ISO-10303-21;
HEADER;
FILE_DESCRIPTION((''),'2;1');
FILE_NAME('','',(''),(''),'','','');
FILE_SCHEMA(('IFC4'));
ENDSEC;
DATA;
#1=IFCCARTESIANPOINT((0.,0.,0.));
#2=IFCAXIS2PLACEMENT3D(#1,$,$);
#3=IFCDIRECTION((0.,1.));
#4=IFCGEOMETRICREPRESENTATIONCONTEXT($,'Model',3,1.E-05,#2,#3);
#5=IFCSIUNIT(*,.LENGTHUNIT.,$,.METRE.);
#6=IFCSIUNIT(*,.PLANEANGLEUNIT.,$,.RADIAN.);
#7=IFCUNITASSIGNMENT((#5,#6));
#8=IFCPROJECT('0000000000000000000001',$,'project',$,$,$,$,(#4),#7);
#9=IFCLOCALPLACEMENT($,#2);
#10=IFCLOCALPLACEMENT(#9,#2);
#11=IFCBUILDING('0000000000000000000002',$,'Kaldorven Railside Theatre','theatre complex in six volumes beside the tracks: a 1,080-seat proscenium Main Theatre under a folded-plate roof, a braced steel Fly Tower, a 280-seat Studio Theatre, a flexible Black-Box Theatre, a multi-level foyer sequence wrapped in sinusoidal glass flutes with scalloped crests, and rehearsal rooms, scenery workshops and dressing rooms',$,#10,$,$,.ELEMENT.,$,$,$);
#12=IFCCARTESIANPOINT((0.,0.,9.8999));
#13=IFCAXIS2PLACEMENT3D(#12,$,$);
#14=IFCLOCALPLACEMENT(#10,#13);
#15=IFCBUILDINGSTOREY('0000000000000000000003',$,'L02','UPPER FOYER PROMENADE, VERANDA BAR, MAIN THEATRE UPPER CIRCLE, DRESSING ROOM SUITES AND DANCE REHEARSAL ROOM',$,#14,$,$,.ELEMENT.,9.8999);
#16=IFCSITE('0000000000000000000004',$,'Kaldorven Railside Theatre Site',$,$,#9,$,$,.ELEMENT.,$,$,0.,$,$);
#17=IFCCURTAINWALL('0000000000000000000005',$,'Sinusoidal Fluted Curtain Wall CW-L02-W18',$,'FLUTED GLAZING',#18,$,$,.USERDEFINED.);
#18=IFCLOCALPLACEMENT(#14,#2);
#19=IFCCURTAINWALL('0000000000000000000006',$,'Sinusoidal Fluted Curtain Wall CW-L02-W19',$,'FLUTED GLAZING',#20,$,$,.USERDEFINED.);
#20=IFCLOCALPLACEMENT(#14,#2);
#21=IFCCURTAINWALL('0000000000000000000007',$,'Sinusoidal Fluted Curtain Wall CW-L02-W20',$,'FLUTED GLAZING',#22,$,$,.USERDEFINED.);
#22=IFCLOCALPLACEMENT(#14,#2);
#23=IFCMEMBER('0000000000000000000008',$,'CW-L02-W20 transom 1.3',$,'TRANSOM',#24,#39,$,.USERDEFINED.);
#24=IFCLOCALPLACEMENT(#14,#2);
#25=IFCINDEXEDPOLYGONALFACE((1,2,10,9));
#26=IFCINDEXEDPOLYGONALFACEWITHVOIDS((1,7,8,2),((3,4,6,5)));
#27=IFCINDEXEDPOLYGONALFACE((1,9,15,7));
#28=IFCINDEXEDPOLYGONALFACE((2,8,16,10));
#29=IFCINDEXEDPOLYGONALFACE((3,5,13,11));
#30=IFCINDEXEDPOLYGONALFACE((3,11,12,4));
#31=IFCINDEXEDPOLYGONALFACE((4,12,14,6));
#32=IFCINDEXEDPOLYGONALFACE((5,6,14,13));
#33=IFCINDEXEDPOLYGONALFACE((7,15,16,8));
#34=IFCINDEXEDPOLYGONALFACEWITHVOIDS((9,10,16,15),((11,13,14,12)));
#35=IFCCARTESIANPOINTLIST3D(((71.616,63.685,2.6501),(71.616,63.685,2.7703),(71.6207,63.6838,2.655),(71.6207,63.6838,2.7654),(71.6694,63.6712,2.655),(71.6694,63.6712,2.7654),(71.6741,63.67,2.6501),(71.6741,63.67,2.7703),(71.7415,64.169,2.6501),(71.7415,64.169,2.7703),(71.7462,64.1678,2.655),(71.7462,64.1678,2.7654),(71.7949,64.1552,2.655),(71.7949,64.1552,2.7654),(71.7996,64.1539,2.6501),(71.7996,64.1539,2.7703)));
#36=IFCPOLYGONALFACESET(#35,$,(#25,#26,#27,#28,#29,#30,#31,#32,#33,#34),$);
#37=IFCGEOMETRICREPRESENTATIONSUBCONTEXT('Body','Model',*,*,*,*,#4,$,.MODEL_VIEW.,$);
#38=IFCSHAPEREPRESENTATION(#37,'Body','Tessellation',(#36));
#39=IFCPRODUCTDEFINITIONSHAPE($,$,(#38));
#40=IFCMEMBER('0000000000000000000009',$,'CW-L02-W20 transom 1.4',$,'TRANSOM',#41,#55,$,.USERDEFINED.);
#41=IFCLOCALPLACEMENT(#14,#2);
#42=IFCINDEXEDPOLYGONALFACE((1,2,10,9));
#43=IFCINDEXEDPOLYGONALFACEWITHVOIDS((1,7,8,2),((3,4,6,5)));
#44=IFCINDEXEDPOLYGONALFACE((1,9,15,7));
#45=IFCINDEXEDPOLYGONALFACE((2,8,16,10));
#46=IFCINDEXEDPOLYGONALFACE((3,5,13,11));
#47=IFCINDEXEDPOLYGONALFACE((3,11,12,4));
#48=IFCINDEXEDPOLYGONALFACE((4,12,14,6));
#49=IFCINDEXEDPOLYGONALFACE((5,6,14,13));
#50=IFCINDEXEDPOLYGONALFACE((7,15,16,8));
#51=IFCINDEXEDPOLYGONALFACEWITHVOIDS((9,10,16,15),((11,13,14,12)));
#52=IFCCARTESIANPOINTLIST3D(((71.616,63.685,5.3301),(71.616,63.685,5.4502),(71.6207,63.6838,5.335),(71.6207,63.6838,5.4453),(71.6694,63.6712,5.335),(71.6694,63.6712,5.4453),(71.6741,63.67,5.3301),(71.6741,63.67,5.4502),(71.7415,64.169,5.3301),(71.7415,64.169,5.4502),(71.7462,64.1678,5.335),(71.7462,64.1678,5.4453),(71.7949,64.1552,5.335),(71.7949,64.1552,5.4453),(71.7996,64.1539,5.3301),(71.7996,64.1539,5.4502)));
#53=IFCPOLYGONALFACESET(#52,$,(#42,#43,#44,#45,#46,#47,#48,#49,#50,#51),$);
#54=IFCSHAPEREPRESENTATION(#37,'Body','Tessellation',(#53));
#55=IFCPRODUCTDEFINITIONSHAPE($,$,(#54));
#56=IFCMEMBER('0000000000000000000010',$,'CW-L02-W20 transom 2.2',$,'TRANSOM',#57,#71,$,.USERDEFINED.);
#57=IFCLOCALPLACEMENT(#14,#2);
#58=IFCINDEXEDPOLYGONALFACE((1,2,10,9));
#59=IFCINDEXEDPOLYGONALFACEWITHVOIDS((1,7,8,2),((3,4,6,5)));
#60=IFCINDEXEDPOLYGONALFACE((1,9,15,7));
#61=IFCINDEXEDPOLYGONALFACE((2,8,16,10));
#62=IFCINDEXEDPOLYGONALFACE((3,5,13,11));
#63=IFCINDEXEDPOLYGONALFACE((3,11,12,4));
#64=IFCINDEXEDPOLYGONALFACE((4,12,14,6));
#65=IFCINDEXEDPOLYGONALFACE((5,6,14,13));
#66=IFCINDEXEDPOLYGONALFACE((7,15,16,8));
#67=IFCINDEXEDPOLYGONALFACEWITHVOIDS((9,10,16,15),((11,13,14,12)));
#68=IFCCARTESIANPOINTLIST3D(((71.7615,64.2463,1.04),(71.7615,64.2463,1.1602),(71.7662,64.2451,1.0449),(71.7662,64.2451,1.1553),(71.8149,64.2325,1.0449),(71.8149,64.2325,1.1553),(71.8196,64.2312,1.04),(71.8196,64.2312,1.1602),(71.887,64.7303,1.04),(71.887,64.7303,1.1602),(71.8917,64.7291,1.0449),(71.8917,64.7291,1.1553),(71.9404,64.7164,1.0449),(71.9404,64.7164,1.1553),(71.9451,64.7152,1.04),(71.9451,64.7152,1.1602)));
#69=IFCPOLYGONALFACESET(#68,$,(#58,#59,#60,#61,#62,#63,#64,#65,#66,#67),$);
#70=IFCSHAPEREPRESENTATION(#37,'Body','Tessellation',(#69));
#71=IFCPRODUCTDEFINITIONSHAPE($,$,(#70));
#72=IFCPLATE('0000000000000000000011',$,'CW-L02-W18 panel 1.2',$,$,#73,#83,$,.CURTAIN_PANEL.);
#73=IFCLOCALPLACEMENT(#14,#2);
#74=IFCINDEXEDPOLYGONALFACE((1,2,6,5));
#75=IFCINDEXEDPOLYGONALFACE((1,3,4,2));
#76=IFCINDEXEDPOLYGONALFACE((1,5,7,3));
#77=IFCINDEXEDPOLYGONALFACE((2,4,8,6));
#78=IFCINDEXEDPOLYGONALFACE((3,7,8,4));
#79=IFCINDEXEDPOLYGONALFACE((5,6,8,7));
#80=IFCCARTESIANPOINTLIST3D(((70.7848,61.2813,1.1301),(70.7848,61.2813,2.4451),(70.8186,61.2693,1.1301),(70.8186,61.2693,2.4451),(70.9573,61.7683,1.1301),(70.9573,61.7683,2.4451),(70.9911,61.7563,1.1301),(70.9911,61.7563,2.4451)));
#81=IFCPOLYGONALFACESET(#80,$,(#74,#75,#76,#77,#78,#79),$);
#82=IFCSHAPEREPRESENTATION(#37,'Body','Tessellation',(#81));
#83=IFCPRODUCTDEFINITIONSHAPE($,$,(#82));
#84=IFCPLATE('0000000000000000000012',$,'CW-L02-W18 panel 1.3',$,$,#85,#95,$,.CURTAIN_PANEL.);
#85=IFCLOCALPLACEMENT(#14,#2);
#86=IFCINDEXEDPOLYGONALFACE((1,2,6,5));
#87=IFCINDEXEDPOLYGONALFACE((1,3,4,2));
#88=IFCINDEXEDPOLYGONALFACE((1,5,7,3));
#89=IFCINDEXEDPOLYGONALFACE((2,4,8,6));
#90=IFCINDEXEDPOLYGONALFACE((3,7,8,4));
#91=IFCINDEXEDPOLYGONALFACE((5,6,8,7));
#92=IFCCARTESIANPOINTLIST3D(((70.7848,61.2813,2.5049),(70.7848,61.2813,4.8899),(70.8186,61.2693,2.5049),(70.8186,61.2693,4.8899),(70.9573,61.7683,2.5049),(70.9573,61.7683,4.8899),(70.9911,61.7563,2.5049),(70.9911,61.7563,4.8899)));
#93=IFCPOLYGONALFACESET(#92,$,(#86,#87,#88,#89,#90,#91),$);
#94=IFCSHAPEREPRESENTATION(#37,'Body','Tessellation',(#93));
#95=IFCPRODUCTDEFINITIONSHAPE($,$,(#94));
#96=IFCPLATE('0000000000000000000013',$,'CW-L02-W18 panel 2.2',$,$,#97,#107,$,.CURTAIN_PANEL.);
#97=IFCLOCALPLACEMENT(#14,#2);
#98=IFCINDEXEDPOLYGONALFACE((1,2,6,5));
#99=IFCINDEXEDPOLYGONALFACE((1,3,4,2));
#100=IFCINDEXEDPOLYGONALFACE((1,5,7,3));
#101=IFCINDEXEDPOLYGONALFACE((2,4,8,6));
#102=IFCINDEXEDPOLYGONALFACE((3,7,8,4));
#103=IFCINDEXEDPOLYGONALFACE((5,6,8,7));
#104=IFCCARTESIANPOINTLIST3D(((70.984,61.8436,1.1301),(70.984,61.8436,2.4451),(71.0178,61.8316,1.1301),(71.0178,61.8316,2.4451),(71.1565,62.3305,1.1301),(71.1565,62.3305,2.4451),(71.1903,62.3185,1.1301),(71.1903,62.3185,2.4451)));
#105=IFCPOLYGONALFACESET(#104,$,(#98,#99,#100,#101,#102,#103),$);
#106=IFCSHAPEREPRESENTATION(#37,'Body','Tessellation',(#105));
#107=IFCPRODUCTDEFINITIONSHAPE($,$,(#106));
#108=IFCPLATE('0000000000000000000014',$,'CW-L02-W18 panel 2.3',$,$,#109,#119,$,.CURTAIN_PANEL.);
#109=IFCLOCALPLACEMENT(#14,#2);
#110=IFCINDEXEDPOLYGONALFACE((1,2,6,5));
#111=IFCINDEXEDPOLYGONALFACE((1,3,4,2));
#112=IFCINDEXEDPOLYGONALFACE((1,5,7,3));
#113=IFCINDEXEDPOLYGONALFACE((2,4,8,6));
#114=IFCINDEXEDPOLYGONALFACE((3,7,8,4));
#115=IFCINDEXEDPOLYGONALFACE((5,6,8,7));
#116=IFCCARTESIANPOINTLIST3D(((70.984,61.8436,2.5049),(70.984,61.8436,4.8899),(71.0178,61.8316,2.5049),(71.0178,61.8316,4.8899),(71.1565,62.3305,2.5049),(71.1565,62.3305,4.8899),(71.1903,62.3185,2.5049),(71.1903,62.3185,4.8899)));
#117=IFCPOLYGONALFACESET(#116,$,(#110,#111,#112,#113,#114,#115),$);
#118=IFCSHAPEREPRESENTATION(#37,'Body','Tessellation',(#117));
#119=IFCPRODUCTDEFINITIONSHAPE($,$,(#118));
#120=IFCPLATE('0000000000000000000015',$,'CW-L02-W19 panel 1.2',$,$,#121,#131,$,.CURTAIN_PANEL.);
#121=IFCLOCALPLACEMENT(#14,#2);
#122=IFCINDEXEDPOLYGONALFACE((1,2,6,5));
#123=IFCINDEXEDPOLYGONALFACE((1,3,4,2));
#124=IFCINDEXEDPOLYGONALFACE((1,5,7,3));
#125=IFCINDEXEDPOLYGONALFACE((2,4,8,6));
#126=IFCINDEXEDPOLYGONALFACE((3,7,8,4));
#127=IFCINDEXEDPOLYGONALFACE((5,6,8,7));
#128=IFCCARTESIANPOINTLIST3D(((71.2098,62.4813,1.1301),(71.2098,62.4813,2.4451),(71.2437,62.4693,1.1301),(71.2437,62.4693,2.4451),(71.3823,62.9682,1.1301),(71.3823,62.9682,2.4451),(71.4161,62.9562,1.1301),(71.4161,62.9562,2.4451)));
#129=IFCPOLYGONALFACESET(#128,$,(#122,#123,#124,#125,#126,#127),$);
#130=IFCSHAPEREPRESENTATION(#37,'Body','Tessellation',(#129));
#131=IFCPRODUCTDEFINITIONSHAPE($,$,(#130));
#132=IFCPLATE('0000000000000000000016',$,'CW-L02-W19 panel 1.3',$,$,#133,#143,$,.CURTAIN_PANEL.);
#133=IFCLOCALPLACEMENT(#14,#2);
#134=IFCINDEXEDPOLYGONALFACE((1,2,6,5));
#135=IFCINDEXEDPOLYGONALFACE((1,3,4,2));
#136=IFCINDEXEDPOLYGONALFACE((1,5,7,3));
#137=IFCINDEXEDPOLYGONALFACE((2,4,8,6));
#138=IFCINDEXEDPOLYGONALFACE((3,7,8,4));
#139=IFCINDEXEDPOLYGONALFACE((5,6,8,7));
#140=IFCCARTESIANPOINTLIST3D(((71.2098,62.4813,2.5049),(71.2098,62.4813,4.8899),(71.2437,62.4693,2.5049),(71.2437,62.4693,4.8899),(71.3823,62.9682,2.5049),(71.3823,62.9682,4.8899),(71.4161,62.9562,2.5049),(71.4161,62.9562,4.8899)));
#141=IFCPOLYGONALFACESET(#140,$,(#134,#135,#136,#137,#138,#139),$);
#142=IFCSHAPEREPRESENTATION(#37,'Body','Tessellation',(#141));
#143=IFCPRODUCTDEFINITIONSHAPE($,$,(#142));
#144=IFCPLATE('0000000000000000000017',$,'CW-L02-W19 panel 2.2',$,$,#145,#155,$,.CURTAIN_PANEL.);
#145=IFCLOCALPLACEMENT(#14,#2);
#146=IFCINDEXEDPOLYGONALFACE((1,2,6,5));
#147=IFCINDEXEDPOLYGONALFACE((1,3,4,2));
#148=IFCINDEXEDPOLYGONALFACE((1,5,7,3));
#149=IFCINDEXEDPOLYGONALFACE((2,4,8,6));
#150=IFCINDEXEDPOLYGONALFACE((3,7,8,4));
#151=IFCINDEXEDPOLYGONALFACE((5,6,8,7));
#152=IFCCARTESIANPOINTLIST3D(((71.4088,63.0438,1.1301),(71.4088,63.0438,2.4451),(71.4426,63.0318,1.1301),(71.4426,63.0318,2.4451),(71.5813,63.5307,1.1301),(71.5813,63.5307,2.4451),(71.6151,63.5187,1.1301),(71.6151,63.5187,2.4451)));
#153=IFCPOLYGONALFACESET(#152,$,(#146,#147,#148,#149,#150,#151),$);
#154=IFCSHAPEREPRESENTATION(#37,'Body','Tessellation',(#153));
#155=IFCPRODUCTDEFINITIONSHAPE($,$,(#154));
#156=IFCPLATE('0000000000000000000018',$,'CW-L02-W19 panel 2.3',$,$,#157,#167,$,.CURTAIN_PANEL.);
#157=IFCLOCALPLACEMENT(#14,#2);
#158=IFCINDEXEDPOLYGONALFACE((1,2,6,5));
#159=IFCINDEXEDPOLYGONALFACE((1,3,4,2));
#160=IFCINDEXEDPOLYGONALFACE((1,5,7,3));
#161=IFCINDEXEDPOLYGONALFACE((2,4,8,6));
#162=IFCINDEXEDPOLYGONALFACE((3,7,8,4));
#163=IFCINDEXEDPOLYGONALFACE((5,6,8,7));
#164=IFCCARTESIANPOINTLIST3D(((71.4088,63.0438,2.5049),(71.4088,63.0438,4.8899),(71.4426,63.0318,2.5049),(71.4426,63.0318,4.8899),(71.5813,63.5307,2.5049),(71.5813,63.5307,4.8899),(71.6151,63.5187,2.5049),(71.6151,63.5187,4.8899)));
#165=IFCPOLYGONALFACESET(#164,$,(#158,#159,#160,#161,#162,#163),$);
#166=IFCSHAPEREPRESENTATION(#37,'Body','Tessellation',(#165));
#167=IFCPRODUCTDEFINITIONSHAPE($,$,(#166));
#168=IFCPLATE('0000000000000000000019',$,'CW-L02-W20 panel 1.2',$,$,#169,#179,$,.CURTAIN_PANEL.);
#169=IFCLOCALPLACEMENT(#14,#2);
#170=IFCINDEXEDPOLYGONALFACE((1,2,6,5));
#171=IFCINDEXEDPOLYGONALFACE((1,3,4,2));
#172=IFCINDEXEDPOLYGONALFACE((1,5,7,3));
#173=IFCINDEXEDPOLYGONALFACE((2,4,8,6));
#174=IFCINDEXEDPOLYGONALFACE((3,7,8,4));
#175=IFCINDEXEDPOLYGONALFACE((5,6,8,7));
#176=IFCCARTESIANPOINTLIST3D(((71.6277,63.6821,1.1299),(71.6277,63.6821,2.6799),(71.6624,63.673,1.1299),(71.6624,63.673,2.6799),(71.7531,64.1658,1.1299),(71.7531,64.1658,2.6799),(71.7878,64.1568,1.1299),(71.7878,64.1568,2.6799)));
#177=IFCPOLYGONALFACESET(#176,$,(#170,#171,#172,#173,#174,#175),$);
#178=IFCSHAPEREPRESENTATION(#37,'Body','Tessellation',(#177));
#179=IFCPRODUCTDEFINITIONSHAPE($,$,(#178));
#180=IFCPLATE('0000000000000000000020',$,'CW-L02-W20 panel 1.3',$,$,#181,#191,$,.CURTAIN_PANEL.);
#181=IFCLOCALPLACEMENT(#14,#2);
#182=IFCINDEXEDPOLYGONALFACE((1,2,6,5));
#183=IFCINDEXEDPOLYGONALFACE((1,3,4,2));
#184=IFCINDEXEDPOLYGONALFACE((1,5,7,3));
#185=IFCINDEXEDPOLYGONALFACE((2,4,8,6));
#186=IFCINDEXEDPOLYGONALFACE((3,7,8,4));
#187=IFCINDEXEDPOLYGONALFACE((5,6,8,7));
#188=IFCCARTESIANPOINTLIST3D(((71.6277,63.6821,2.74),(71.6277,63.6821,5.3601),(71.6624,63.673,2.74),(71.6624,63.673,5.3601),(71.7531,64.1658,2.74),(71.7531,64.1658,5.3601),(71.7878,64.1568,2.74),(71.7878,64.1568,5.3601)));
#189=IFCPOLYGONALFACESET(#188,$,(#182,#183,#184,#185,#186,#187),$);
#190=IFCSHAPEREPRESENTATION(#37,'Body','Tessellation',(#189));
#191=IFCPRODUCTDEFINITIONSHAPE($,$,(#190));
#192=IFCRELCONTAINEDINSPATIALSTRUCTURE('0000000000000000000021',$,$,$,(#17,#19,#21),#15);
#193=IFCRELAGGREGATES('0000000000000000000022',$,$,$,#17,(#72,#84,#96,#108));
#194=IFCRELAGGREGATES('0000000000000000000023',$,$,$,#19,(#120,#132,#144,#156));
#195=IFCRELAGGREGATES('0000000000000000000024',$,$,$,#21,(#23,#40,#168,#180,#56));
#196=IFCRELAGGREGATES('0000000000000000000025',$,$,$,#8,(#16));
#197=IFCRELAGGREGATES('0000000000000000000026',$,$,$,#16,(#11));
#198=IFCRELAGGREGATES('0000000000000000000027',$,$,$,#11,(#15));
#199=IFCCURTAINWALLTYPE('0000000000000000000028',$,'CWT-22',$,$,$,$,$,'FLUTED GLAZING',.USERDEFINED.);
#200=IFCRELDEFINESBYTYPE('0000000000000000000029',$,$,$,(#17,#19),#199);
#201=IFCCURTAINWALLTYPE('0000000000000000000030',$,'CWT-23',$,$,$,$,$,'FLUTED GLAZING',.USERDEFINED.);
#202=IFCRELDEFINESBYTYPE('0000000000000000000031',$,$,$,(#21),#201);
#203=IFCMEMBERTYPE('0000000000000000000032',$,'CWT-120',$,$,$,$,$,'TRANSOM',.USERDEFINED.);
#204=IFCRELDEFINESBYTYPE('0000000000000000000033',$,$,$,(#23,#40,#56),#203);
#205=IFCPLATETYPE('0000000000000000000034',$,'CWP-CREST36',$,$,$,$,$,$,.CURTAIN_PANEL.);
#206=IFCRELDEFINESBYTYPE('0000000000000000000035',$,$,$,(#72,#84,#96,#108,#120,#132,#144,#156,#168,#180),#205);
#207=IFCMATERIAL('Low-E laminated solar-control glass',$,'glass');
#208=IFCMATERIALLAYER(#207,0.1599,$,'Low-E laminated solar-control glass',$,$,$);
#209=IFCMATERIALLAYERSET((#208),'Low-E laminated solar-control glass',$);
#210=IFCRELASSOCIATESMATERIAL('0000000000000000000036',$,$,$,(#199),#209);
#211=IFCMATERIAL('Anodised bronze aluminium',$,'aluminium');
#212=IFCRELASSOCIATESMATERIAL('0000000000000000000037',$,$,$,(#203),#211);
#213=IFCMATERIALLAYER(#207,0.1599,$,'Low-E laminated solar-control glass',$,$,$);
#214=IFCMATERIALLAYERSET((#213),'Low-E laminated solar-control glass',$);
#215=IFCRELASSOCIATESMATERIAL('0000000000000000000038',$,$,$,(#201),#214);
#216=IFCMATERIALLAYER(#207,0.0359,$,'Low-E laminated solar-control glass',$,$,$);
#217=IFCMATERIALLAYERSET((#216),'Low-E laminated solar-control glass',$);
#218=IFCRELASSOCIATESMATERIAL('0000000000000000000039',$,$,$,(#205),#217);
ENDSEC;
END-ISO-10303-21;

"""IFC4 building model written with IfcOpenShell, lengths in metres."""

from ifc_helpers import new_model, si_unit, direction, frame, origin, origin_2d, place, context, subcontext, project, spatial, rectangle, hollow_rectangle, extrude, material, layer, layer_set, material_profile, profile_set, type_object, element, aggregate, save


model = new_model("IFC4")

# Units and contexts
model_context = context("Model", 3, precision=1e-05, world=origin(), true_north=direction((0.0, 1.0)))
body_context = subcontext(model_context, "Body", "Model", "MODEL_VIEW")
ifc_project = project(units=[si_unit("LENGTHUNIT", "METRE"), si_unit("PLANEANGLEUNIT", "RADIAN")], contexts=[model_context])

# Site, building, storey
site_placement = place(None, origin())
site = spatial("IfcSite", under=ifc_project, at=site_placement, Name="Kaldorven Railside Theatre Site", CompositionType="ELEMENT", RefElevation=0.0)
building_placement = place(site_placement, origin())
building = spatial("IfcBuilding", under=site, at=building_placement, Name="Kaldorven Railside Theatre", Description="theatre complex in six volumes beside the tracks: a 1,080-seat proscenium Main Theatre under a folded-plate roof, a braced steel Fly Tower, a 280-seat Studio Theatre, a flexible Black-Box Theatre, a multi-level foyer sequence wrapped in sinusoidal glass flutes with scalloped crests, and rehearsal rooms, scenery workshops and dressing rooms", CompositionType="ELEMENT")
storey_placement = place(building_placement, frame((0.0, 0.0, 9.8999)))
storey = spatial("IfcBuildingStorey", under=building, at=storey_placement, Name="L02", Description="UPPER FOYER PROMENADE, VERANDA BAR, MAIN THEATRE UPPER CIRCLE, DRESSING ROOM SUITES AND DANCE REHEARSAL ROOM", CompositionType="ELEMENT", Elevation=9.8999)

# Curtain walls, members
ifc_material_1 = material(Name="Low-E laminated solar-control glass", Category="glass")
ifc_layer_1 = layer(ifc_material_1, 0.1599, Name="Low-E laminated solar-control glass")
ifc_layer_set_1 = layer_set([ifc_layer_1], Name="Low-E laminated solar-control glass")
curtain_wall_type_1 = type_object("IfcCurtainWallType", Name="CWT-22", ElementType="FLUTED GLAZING", PredefinedType="USERDEFINED", material=ifc_layer_set_1)
curtain_wall_1_placement = place(storey_placement, origin())
curtain_wall_1 = element("IfcCurtainWall", 1, at=curtain_wall_1_placement, inside=storey, type_object=curtain_wall_type_1, Name="Sinusoidal Fluted Curtain Wall CW-L02-W18", ObjectType="FLUTED GLAZING", PredefinedType="USERDEFINED")
ifc_material_2 = material(Name="Anodised bronze aluminium", Category="aluminium")
ifc_material_profile = material_profile(ifc_material_2, hollow_rectangle(XDim=0.0601, YDim=0.1201, WallThickness=0.0049, at=origin_2d()), Name="RHS 120x60x5")
ifc_profile_set = profile_set([ifc_material_profile], Name="Anodised bronze aluminium")
member_type = type_object("IfcMemberType", Name="CWT-120", ElementType="TRANSOM", PredefinedType="USERDEFINED", material=ifc_profile_set)
curtain_wall_2_placement = place(storey_placement, origin())
curtain_wall_2 = element("IfcCurtainWall", 2, at=curtain_wall_2_placement, inside=storey, type_object=curtain_wall_type_1, Name="Sinusoidal Fluted Curtain Wall CW-L02-W19", ObjectType="FLUTED GLAZING", PredefinedType="USERDEFINED")
ifc_layer_2 = layer(ifc_material_1, 0.1599, Name="Low-E laminated solar-control glass")
ifc_layer_set_2 = layer_set([ifc_layer_2], Name="Low-E laminated solar-control glass")
curtain_wall_type_2 = type_object("IfcCurtainWallType", Name="CWT-23", ElementType="FLUTED GLAZING", PredefinedType="USERDEFINED", material=ifc_layer_set_2)
curtain_wall_3_placement = place(storey_placement, origin())
curtain_wall_3 = element("IfcCurtainWall", 3, at=curtain_wall_3_placement, inside=storey, type_object=curtain_wall_type_2, Name="Sinusoidal Fluted Curtain Wall CW-L02-W20", ObjectType="FLUTED GLAZING", PredefinedType="USERDEFINED")
member_1_placement = place(storey_placement, frame((71.645, 63.6775, 2.7102), z_axis=(0.25103, 0.967979, 0.0), x_axis=(-0.967979, 0.25103, 0.0)))
member_1 = element("IfcMember", 4, at=member_1_placement, type_object=member_type, Name="CW-L02-W20 transom 1.3", ObjectType="TRANSOM", PredefinedType="USERDEFINED", context=body_context, shape_type="SweptSolid", body=[
    extrude(hollow_rectangle(XDim=0.0601, YDim=0.1201, WallThickness=0.0049, at=origin_2d()), origin(), (0.0, 0.0, 1.0), 0.5),
])
member_2_placement = place(storey_placement, frame((71.645, 63.6775, 5.3901), z_axis=(0.25103, 0.967979, 0.0), x_axis=(-0.967979, 0.25103, 0.0)))
member_2 = element("IfcMember", 5, at=member_2_placement, type_object=member_type, Name="CW-L02-W20 transom 1.4", ObjectType="TRANSOM", PredefinedType="USERDEFINED", context=body_context, shape_type="SweptSolid", body=[
    extrude(hollow_rectangle(XDim=0.0601, YDim=0.1201, WallThickness=0.0049, at=origin_2d()), origin(), (0.0, 0.0, 1.0), 0.5),
])
member_3_placement = place(storey_placement, frame((71.7905, 64.2388, 1.1001), z_axis=(0.25103, 0.967979, 0.0), x_axis=(-0.967979, 0.25103, 0.0)))
member_3 = element("IfcMember", 6, at=member_3_placement, type_object=member_type, Name="CW-L02-W20 transom 2.2", ObjectType="TRANSOM", PredefinedType="USERDEFINED", context=body_context, shape_type="SweptSolid", body=[
    extrude(hollow_rectangle(XDim=0.0601, YDim=0.1201, WallThickness=0.0049, at=origin_2d()), origin(), (0.0, 0.0, 1.0), 0.5),
])

# Plates
ifc_layer_3 = layer(ifc_material_1, 0.0359, Name="Low-E laminated solar-control glass")
ifc_layer_set_3 = layer_set([ifc_layer_3], Name="Low-E laminated solar-control glass")
plate_type = type_object("IfcPlateType", Name="CWP-CREST36", PredefinedType="CURTAIN_PANEL", material=ifc_layer_set_3)
plate_1_placement = place(storey_placement, frame((70.8879, 61.5188, 1.1301), z_axis=(0.0, 0.0, 1.0), x_axis=(0.333847, 0.942627, 0.0)))
plate_1 = element("IfcPlate", 7, at=plate_1_placement, type_object=plate_type, Name="CW-L02-W18 panel 1.2", PredefinedType="CURTAIN_PANEL", context=body_context, shape_type="SweptSolid", body=[
    extrude(rectangle(XDim=0.5166, YDim=0.0359, at=origin_2d()), origin(), (0.0, 0.0, 1.0), 1.3149),
])
plate_2_placement = place(storey_placement, frame((70.8879, 61.5188, 2.5049), z_axis=(0.0, 0.0, 1.0), x_axis=(0.333847, 0.942627, 0.0)))
plate_2 = element("IfcPlate", 8, at=plate_2_placement, type_object=plate_type, Name="CW-L02-W18 panel 1.3", PredefinedType="CURTAIN_PANEL", context=body_context, shape_type="SweptSolid", body=[
    extrude(rectangle(XDim=0.5166, YDim=0.0359, at=origin_2d()), origin(), (0.0, 0.0, 1.0), 2.385),
])
plate_3_placement = place(storey_placement, frame((71.0872, 62.0811, 1.1301), z_axis=(0.0, 0.0, 1.0), x_axis=(0.333847, 0.942627, 0.0)))
plate_3 = element("IfcPlate", 9, at=plate_3_placement, type_object=plate_type, Name="CW-L02-W18 panel 2.2", PredefinedType="CURTAIN_PANEL", context=body_context, shape_type="SweptSolid", body=[
    extrude(rectangle(XDim=0.5166, YDim=0.0359, at=origin_2d()), origin(), (0.0, 0.0, 1.0), 1.3149),
])
plate_4_placement = place(storey_placement, frame((71.0872, 62.0811, 2.5049), z_axis=(0.0, 0.0, 1.0), x_axis=(0.333847, 0.942627, 0.0)))
plate_4 = element("IfcPlate", 10, at=plate_4_placement, type_object=plate_type, Name="CW-L02-W18 panel 2.3", PredefinedType="CURTAIN_PANEL", context=body_context, shape_type="SweptSolid", body=[
    extrude(rectangle(XDim=0.5166, YDim=0.0359, at=origin_2d()), origin(), (0.0, 0.0, 1.0), 2.385),
])
aggregate(curtain_wall_1, [plate_1, plate_2, plate_3, plate_4])
plate_5_placement = place(storey_placement, frame((71.313, 62.7188, 1.1301), z_axis=(0.0, 0.0, 1.0), x_axis=(0.333847, 0.942627, 0.0)))
plate_5 = element("IfcPlate", 11, at=plate_5_placement, type_object=plate_type, Name="CW-L02-W19 panel 1.2", PredefinedType="CURTAIN_PANEL", context=body_context, shape_type="SweptSolid", body=[
    extrude(rectangle(XDim=0.5166, YDim=0.0359, at=origin_2d()), origin(), (0.0, 0.0, 1.0), 1.3149),
])
plate_6_placement = place(storey_placement, frame((71.313, 62.7188, 2.5049), z_axis=(0.0, 0.0, 1.0), x_axis=(0.333847, 0.942627, 0.0)))
plate_6 = element("IfcPlate", 12, at=plate_6_placement, type_object=plate_type, Name="CW-L02-W19 panel 1.3", PredefinedType="CURTAIN_PANEL", context=body_context, shape_type="SweptSolid", body=[
    extrude(rectangle(XDim=0.5166, YDim=0.0359, at=origin_2d()), origin(), (0.0, 0.0, 1.0), 2.385),
])
plate_7_placement = place(storey_placement, frame((71.512, 63.2812, 1.1301), z_axis=(0.0, 0.0, 1.0), x_axis=(0.333847, 0.942627, 0.0)))
plate_7 = element("IfcPlate", 13, at=plate_7_placement, type_object=plate_type, Name="CW-L02-W19 panel 2.2", PredefinedType="CURTAIN_PANEL", context=body_context, shape_type="SweptSolid", body=[
    extrude(rectangle(XDim=0.5166, YDim=0.0359, at=origin_2d()), origin(), (0.0, 0.0, 1.0), 1.3149),
])
plate_8_placement = place(storey_placement, frame((71.512, 63.2812, 2.5049), z_axis=(0.0, 0.0, 1.0), x_axis=(0.333847, 0.942627, 0.0)))
plate_8 = element("IfcPlate", 14, at=plate_8_placement, type_object=plate_type, Name="CW-L02-W19 panel 2.3", PredefinedType="CURTAIN_PANEL", context=body_context, shape_type="SweptSolid", body=[
    extrude(rectangle(XDim=0.5166, YDim=0.0359, at=origin_2d()), origin(), (0.0, 0.0, 1.0), 2.385),
])
aggregate(curtain_wall_2, [plate_5, plate_6, plate_7, plate_8])
plate_9_placement = place(storey_placement, frame((71.7078, 63.9194, 1.1299), z_axis=(0.0, 0.0, 1.0), x_axis=(0.250954, 0.967999, 0.0)))
plate_9 = element("IfcPlate", 15, at=plate_9_placement, type_object=plate_type, Name="CW-L02-W20 panel 1.2", PredefinedType="CURTAIN_PANEL", context=body_context, shape_type="SweptSolid", body=[
    extrude(rectangle(XDim=0.4998, YDim=0.0359, at=origin_2d()), origin(), (0.0, 0.0, 1.0), 1.55),
])
plate_10_placement = place(storey_placement, frame((71.7078, 63.9194, 2.74), z_axis=(0.0, 0.0, 1.0), x_axis=(0.250954, 0.967999, 0.0)))
plate_10 = element("IfcPlate", 16, at=plate_10_placement, type_object=plate_type, Name="CW-L02-W20 panel 1.3", PredefinedType="CURTAIN_PANEL", context=body_context, shape_type="SweptSolid", body=[
    extrude(rectangle(XDim=0.4998, YDim=0.0359, at=origin_2d()), origin(), (0.0, 0.0, 1.0), 2.6201),
])
aggregate(curtain_wall_3, [member_1, member_2, plate_9, plate_10, member_3])

save(model, "model.ifc")
